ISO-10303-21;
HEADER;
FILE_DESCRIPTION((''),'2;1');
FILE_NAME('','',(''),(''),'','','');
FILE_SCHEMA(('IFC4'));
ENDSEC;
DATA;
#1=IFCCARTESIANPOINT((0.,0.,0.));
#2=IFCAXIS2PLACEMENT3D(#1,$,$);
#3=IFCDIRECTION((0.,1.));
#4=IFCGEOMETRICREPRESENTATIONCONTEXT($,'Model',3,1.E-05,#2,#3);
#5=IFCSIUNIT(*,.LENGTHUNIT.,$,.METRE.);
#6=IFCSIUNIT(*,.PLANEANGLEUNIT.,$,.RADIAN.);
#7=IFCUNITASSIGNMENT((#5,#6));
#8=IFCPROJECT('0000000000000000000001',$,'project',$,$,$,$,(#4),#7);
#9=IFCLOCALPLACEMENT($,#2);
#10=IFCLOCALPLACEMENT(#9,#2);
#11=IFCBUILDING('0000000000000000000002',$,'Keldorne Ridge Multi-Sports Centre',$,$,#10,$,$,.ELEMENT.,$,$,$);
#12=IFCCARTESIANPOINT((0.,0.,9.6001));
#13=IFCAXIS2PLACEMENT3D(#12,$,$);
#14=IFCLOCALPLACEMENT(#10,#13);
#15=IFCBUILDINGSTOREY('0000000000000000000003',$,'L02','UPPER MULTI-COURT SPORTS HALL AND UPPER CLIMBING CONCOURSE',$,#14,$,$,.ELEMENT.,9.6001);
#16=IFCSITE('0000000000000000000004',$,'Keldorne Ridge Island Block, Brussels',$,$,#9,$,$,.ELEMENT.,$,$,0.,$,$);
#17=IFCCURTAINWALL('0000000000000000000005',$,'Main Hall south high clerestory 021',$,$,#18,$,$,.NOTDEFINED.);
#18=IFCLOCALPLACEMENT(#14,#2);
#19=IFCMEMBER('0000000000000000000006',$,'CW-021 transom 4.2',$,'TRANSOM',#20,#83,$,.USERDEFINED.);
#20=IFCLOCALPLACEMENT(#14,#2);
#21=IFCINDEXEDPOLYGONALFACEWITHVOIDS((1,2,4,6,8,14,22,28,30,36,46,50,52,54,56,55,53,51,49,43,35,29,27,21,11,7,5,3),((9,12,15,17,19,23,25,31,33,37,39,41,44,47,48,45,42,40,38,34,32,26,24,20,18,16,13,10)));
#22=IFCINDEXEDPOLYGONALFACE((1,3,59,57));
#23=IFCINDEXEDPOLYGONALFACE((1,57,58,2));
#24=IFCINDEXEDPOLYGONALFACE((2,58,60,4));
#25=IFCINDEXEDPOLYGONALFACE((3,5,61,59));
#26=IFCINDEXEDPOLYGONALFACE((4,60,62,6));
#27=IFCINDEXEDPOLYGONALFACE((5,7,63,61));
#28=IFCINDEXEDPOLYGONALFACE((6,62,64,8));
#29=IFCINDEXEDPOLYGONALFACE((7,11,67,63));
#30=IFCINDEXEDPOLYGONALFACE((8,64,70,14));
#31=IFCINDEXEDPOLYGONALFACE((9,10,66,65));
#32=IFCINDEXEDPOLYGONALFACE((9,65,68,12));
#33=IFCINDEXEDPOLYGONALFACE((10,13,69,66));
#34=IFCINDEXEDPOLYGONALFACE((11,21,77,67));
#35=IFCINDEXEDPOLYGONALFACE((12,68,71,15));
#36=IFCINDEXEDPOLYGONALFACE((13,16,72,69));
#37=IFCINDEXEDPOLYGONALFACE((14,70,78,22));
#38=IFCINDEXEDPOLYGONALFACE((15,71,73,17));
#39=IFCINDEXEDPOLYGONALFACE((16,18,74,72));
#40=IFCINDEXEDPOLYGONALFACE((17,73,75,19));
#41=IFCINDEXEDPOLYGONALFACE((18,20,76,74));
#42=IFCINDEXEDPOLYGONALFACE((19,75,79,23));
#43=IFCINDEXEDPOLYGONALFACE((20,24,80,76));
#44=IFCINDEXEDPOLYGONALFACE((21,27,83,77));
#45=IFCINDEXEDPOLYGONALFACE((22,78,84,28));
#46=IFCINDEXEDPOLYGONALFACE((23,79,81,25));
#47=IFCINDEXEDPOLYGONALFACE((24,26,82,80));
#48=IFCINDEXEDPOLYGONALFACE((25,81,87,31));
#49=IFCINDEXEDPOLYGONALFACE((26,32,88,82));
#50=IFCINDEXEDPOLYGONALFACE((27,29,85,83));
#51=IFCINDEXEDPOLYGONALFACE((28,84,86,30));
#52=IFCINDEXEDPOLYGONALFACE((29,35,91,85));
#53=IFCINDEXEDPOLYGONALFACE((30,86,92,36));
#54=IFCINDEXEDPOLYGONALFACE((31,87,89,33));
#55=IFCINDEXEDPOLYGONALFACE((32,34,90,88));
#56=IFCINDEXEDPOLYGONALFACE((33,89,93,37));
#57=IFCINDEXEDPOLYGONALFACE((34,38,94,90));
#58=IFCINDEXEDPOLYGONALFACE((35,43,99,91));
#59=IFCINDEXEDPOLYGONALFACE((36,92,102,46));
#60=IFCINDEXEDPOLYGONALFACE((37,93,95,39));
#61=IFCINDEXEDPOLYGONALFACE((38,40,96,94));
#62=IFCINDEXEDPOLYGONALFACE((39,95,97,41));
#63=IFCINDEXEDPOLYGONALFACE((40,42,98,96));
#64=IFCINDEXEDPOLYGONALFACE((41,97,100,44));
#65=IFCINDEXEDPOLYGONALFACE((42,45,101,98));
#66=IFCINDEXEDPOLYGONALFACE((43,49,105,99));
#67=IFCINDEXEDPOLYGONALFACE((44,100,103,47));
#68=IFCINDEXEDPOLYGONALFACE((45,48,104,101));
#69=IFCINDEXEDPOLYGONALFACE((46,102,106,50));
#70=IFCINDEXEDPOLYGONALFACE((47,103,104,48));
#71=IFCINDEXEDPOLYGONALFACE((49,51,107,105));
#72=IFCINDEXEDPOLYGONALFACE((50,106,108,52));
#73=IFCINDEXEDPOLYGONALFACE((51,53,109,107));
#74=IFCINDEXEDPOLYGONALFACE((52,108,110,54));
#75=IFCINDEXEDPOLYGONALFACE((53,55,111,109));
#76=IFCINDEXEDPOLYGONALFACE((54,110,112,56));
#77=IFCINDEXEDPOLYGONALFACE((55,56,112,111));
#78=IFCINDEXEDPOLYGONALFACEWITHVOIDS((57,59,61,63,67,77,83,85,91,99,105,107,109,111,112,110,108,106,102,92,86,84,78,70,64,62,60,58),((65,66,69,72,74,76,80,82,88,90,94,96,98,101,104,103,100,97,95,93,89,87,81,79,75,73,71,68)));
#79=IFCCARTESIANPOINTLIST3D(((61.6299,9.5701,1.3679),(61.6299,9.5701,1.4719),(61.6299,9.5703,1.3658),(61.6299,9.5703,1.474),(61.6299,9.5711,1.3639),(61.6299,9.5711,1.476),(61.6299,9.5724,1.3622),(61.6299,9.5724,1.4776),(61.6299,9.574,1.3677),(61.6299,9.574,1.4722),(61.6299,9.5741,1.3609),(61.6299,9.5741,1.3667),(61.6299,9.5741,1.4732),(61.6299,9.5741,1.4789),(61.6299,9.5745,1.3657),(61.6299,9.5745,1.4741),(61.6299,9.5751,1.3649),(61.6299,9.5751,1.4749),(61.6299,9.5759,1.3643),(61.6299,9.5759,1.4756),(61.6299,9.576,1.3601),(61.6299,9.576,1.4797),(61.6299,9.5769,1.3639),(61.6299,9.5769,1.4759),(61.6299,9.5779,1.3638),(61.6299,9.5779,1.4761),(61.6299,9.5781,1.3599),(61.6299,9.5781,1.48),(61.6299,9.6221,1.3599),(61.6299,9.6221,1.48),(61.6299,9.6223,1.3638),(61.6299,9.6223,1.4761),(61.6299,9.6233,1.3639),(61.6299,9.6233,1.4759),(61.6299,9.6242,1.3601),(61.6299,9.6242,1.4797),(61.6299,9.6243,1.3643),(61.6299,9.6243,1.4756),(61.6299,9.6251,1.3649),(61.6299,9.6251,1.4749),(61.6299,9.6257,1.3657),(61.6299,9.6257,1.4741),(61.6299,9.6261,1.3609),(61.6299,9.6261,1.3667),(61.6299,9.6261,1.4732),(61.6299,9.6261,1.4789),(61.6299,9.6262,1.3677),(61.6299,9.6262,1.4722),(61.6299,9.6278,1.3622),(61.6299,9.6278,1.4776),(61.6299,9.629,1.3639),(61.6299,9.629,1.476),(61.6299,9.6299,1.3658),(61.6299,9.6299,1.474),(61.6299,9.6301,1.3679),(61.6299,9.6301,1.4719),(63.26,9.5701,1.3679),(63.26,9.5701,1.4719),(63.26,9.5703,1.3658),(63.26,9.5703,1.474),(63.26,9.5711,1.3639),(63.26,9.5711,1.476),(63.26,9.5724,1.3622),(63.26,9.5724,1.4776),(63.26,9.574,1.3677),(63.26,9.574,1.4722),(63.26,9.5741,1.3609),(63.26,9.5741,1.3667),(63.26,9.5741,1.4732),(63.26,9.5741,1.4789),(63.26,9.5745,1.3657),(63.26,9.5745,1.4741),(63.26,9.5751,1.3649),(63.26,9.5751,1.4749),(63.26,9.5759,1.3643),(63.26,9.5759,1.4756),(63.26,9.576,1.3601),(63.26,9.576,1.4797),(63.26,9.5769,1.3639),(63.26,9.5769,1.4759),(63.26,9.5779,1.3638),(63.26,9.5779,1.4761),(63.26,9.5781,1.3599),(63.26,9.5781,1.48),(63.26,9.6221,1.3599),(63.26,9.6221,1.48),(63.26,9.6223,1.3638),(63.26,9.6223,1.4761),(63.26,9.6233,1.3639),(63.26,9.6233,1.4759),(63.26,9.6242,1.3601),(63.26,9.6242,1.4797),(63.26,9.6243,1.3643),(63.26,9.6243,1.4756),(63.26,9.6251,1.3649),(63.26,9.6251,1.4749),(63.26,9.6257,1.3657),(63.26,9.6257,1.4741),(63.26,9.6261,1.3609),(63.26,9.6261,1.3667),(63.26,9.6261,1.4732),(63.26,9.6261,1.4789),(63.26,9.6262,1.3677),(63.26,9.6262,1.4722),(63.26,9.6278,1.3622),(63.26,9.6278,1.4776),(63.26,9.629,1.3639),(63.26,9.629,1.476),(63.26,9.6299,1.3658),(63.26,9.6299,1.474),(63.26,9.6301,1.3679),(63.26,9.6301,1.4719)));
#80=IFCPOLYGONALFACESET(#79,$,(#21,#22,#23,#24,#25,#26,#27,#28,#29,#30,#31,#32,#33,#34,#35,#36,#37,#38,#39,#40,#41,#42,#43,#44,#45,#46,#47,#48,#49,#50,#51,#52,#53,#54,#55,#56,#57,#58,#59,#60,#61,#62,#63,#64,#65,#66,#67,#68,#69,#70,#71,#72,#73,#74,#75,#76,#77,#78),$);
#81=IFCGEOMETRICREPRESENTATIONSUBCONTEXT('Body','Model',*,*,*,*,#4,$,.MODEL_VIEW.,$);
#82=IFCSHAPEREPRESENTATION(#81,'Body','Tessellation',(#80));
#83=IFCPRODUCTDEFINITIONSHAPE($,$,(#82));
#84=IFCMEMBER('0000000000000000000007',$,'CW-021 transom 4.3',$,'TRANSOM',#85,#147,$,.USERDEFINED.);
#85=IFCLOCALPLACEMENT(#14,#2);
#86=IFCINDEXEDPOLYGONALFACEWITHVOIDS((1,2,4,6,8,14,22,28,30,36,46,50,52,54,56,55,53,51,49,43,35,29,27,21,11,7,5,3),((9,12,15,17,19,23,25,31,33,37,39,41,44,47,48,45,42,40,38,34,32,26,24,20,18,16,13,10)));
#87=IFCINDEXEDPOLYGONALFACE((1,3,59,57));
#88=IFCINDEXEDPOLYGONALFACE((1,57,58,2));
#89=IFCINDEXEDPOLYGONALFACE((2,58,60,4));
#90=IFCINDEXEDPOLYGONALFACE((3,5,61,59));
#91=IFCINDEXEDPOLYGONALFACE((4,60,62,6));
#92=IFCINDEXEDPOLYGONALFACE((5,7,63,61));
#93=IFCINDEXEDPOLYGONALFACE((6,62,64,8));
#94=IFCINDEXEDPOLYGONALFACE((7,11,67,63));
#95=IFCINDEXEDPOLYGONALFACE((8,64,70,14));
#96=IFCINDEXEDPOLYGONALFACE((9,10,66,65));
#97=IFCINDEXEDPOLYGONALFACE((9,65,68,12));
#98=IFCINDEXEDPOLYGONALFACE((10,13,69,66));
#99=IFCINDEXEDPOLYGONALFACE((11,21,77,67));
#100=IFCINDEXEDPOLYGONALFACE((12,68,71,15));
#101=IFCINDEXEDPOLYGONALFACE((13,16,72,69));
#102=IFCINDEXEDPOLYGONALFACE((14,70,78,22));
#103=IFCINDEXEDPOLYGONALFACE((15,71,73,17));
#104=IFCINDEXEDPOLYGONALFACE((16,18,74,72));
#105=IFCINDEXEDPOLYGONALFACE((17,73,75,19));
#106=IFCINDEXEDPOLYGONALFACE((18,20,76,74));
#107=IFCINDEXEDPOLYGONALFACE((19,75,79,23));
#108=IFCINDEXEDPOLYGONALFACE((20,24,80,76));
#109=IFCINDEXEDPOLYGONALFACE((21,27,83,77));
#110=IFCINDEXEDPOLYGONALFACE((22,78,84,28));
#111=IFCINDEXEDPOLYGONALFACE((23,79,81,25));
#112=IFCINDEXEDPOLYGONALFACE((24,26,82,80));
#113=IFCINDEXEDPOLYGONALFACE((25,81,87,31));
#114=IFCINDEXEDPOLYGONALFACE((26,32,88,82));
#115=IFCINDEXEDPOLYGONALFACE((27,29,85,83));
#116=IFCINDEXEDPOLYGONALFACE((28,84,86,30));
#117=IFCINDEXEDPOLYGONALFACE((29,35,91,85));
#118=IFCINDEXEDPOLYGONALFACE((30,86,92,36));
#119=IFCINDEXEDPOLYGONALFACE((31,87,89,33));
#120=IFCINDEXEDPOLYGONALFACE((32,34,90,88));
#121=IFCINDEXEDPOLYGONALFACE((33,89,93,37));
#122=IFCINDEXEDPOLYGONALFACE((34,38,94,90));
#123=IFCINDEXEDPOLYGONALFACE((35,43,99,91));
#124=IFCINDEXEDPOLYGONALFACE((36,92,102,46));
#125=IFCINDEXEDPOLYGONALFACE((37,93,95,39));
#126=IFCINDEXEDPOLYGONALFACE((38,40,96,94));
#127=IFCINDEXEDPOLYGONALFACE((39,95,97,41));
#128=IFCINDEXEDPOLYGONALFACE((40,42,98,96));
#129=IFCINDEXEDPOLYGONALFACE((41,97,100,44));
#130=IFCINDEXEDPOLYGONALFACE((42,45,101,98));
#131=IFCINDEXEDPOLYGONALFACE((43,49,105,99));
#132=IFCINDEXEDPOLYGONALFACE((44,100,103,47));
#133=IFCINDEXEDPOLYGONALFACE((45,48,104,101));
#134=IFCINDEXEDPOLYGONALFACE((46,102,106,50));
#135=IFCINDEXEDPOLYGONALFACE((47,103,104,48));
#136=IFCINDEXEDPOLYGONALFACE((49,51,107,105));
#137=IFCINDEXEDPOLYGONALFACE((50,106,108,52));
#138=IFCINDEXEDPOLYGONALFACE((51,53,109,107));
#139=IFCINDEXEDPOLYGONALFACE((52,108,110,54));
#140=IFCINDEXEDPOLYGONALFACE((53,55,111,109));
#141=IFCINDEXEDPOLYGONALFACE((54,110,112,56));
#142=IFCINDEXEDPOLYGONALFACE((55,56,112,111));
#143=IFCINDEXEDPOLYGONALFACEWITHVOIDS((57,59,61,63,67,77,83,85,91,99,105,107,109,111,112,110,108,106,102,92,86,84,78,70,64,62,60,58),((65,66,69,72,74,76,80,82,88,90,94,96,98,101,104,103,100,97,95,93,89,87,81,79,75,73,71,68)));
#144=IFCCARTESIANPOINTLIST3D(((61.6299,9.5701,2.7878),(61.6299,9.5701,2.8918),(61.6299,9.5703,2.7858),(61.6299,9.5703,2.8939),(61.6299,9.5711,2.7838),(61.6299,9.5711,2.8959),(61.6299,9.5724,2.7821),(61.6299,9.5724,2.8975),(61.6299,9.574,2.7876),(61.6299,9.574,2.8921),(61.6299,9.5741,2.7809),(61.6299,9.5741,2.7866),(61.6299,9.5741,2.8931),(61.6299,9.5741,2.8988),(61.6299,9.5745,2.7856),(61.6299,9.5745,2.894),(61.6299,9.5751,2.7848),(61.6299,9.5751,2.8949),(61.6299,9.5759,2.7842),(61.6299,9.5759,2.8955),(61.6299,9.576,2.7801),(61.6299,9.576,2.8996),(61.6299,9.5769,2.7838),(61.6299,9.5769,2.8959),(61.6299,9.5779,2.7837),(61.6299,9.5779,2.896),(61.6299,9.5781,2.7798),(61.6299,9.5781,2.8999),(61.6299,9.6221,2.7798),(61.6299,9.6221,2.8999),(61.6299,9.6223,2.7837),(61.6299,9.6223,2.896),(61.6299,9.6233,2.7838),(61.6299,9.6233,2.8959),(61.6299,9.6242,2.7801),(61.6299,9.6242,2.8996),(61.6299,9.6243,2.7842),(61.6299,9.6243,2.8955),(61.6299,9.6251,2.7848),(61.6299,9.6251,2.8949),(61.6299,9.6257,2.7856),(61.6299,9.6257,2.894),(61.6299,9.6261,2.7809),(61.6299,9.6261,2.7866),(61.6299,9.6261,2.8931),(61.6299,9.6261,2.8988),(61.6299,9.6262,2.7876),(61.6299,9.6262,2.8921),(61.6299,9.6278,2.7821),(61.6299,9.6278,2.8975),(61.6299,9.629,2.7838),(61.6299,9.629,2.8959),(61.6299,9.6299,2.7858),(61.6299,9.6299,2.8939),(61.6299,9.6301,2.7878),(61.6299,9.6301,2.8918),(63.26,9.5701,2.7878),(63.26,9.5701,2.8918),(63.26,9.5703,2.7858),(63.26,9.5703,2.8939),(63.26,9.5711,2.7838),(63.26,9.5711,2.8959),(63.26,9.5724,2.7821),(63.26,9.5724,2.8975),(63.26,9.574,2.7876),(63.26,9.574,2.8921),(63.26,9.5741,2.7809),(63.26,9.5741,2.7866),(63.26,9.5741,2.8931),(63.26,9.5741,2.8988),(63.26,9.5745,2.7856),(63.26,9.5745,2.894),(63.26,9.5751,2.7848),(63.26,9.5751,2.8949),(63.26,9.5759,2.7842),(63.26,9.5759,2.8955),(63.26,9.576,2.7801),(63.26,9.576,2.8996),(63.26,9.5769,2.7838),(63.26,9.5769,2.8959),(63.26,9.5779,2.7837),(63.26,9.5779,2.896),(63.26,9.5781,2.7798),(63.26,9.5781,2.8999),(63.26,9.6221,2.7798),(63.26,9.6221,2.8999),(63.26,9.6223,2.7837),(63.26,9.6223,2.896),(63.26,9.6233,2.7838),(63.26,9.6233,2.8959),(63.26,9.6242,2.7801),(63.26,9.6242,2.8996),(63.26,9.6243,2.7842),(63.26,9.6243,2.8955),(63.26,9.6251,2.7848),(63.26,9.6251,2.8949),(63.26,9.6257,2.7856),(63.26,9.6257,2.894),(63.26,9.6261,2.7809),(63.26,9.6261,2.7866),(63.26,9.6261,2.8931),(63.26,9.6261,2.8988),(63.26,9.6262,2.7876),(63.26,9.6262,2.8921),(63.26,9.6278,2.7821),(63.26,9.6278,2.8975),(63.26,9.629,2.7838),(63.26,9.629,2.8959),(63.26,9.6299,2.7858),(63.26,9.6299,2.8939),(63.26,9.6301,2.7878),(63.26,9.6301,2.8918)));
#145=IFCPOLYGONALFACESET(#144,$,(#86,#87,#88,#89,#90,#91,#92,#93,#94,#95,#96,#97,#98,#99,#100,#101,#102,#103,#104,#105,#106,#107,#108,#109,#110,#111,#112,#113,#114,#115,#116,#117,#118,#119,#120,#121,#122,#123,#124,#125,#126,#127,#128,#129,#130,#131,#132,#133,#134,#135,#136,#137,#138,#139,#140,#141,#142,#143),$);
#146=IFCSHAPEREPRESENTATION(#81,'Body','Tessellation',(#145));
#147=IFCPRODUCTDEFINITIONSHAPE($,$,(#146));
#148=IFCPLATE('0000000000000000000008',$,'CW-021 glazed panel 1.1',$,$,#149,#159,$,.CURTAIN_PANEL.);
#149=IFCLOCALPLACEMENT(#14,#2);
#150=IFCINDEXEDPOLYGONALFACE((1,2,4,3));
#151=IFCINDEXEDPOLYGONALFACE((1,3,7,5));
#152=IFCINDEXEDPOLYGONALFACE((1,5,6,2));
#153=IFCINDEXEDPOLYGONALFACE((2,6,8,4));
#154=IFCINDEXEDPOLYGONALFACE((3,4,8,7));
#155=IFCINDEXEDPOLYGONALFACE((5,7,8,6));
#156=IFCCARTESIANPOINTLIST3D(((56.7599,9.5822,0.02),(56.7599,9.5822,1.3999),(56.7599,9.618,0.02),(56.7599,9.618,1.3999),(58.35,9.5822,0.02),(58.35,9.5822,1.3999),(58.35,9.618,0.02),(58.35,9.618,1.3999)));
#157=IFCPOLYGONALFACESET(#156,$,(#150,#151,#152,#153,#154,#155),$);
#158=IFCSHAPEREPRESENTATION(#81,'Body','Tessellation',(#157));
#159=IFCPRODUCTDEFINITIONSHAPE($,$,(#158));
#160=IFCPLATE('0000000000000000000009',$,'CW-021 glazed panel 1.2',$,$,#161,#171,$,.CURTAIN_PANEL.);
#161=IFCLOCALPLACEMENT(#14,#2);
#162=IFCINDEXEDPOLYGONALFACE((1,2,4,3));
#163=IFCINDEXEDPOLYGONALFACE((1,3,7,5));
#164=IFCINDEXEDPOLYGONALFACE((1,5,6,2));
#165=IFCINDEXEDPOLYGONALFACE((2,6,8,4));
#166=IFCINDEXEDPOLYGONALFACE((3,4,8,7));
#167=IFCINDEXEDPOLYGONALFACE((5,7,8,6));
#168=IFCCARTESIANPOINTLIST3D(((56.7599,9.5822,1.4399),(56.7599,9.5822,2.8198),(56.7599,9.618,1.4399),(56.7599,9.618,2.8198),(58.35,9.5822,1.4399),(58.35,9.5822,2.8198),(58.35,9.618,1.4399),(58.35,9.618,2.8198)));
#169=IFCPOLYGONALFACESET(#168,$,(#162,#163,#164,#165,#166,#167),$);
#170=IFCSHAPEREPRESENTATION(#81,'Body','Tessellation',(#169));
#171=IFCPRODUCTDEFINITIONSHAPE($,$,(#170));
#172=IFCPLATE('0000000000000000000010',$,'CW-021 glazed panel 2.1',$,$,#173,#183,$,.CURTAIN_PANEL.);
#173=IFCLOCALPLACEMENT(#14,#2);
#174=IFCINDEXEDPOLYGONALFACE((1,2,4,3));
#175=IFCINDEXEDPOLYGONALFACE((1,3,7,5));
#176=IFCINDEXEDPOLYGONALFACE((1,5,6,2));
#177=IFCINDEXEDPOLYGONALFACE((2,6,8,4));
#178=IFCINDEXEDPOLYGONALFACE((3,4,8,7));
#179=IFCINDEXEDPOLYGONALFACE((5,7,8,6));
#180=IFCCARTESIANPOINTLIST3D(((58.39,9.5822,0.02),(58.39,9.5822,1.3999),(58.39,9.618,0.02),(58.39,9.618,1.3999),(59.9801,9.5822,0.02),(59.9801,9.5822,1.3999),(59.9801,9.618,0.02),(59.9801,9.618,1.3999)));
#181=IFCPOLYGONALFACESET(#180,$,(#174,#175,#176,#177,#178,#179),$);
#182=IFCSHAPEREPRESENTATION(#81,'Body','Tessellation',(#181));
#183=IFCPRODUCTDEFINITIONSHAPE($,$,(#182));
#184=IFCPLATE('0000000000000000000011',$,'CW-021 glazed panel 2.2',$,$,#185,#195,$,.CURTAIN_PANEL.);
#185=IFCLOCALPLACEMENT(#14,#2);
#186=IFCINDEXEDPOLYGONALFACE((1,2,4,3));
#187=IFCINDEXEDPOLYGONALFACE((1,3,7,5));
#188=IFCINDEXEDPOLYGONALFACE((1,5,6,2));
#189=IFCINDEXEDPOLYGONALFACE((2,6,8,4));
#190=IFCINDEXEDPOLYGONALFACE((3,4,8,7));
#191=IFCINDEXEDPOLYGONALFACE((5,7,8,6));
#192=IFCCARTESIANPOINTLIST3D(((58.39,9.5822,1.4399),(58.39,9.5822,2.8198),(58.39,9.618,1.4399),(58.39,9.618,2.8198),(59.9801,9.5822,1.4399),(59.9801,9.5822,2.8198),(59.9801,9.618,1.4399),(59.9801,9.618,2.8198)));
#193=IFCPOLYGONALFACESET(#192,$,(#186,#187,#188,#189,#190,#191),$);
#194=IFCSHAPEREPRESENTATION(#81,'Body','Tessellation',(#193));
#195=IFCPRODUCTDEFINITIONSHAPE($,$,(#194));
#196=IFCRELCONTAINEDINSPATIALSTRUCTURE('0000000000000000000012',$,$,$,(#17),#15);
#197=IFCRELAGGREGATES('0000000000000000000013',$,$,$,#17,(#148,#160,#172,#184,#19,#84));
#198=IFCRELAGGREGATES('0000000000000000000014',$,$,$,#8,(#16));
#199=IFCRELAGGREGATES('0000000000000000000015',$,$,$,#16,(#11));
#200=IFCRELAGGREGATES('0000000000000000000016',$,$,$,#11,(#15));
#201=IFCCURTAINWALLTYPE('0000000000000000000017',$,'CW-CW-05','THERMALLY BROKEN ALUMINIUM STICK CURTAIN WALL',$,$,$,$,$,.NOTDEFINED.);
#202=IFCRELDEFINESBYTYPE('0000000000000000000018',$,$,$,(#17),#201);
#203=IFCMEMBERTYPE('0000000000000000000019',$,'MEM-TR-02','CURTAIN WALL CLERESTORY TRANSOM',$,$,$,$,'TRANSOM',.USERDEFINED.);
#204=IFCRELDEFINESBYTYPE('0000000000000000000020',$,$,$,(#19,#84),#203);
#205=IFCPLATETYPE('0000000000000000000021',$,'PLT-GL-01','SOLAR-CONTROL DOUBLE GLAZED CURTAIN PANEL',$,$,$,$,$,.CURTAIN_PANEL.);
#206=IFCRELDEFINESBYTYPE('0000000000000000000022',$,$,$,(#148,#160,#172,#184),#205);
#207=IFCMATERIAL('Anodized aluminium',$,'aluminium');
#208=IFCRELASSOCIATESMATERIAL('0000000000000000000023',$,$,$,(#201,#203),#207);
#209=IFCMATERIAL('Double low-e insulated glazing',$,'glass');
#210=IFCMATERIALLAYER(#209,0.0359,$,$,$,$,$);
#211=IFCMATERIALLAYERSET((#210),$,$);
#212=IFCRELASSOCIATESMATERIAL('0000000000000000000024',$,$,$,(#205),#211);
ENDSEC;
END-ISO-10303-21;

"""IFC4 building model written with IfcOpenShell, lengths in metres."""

from ifc_helpers import new_model, si_unit, direction, frame, origin, origin_2d, place, context, subcontext, project, spatial, rectangle, hollow_rectangle, extrude, material, layer, layer_set, material_profile, profile_set, type_object, element, aggregate, save


model = new_model("IFC4")

# Units and contexts
model_context = context("Model", 3, precision=1e-05, world=origin(), true_north=direction((0.0, 1.0)))
body_context = subcontext(model_context, "Body", "Model", "MODEL_VIEW")
ifc_project = project(units=[si_unit("LENGTHUNIT", "METRE"), si_unit("PLANEANGLEUNIT", "RADIAN")], contexts=[model_context])

# Site, building, storey
site_placement = place(None, origin())
site = spatial("IfcSite", under=ifc_project, at=site_placement, Name="Keldorne Ridge Island Block, Brussels", CompositionType="ELEMENT", RefElevation=0.0)
building_placement = place(site_placement, origin())
building = spatial("IfcBuilding", under=site, at=building_placement, Name="Keldorne Ridge Multi-Sports Centre", CompositionType="ELEMENT")
storey_placement = place(building_placement, frame((0.0, 0.0, 9.6001)))
storey = spatial("IfcBuildingStorey", under=building, at=storey_placement, Name="L02", Description="UPPER MULTI-COURT SPORTS HALL AND UPPER CLIMBING CONCOURSE", CompositionType="ELEMENT", Elevation=9.6001)

# Curtain wall, members, plates
ifc_material_1 = material(Name="Anodized aluminium", Category="aluminium")
curtain_wall_type = type_object("IfcCurtainWallType", Name="CW-CW-05", Description="THERMALLY BROKEN ALUMINIUM STICK CURTAIN WALL", PredefinedType="NOTDEFINED", material=ifc_material_1)
curtain_wall_placement = place(storey_placement, origin())
curtain_wall = element("IfcCurtainWall", 1, at=curtain_wall_placement, inside=storey, type_object=curtain_wall_type, Name="Main Hall south high clerestory 021", PredefinedType="NOTDEFINED")
ifc_material_profile_1 = material_profile(ifc_material_1, hollow_rectangle(XDim=0.0601, YDim=0.1201, WallThickness=0.0039, InnerFilletRadius=0.0039, OuterFilletRadius=0.0081, at=origin_2d()), Name="ALU TRANSOM 120x60x4")
ifc_profile_set_1 = profile_set([ifc_material_profile_1], Name="Anodized aluminium")
member_type_1 = type_object("IfcMemberType", Name="MEM-TR-02", Description="CURTAIN WALL CLERESTORY TRANSOM", ElementType="TRANSOM", PredefinedType="USERDEFINED", material=ifc_profile_set_1)
member_1_placement = place(storey_placement, frame((61.6299, 9.6001, 1.4199), z_axis=(1.0, 0.0, 0.0), x_axis=(0.0, 1.0, 0.0)))
member_1 = element("IfcMember", 2, at=member_1_placement, type_object=member_type_1, Name="CW-021 transom 4.2", ObjectType="TRANSOM", PredefinedType="USERDEFINED", context=body_context, shape_type="SweptSolid", body=[
    extrude(hollow_rectangle(XDim=0.0601, YDim=0.1201, WallThickness=0.0039, InnerFilletRadius=0.0039, OuterFilletRadius=0.0081, at=origin_2d()), origin(), (0.0, 0.0, 1.0), 1.6301),
])
member_2_placement = place(storey_placement, frame((61.6299, 9.6001, 2.8398), z_axis=(1.0, 0.0, 0.0), x_axis=(0.0, 1.0, 0.0)))
member_2 = element("IfcMember", 3, at=member_2_placement, type_object=member_type_1, Name="CW-021 transom 4.3", ObjectType="TRANSOM", PredefinedType="USERDEFINED", context=body_context, shape_type="SweptSolid", body=[
    extrude(hollow_rectangle(XDim=0.0601, YDim=0.1201, WallThickness=0.0039, InnerFilletRadius=0.0039, OuterFilletRadius=0.0081, at=origin_2d()), origin(), (0.0, 0.0, 1.0), 1.6301),
])
ifc_material_2 = material(Name="Double low-e insulated glazing", Category="glass")
ifc_layer = layer(ifc_material_2, 0.0359)
ifc_layer_set = layer_set([ifc_layer])
plate_type = type_object("IfcPlateType", Name="PLT-GL-01", Description="SOLAR-CONTROL DOUBLE GLAZED CURTAIN PANEL", PredefinedType="CURTAIN_PANEL", material=ifc_layer_set)
plate_1_placement = place(storey_placement, frame((57.5549, 9.6001, 0.02), z_axis=(0.0, 0.0, 1.0), x_axis=(1.0, 0.0, 0.0)))
plate_1 = element("IfcPlate", 4, at=plate_1_placement, type_object=plate_type, Name="CW-021 glazed panel 1.1", PredefinedType="CURTAIN_PANEL", context=body_context, shape_type="SweptSolid", body=[
    extrude(rectangle(XDim=1.5901, YDim=0.0359, at=origin_2d()), origin(), (0.0, 0.0, 1.0), 1.3799),
])
plate_2_placement = place(storey_placement, frame((57.5549, 9.6001, 1.4399), z_axis=(0.0, 0.0, 1.0), x_axis=(1.0, 0.0, 0.0)))
plate_2 = element("IfcPlate", 5, at=plate_2_placement, type_object=plate_type, Name="CW-021 glazed panel 1.2", PredefinedType="CURTAIN_PANEL", context=body_context, shape_type="SweptSolid", body=[
    extrude(rectangle(XDim=1.5901, YDim=0.0359, at=origin_2d()), origin(), (0.0, 0.0, 1.0), 1.3799),
])
plate_3_placement = place(storey_placement, frame((59.1851, 9.6001, 0.02), z_axis=(0.0, 0.0, 1.0), x_axis=(1.0, 0.0, 0.0)))
plate_3 = element("IfcPlate", 6, at=plate_3_placement, type_object=plate_type, Name="CW-021 glazed panel 2.1", PredefinedType="CURTAIN_PANEL", context=body_context, shape_type="SweptSolid", body=[
    extrude(rectangle(XDim=1.5901, YDim=0.0359, at=origin_2d()), origin(), (0.0, 0.0, 1.0), 1.3799),
])
plate_4_placement = place(storey_placement, frame((59.1851, 9.6001, 1.4399), z_axis=(0.0, 0.0, 1.0), x_axis=(1.0, 0.0, 0.0)))
plate_4 = element("IfcPlate", 7, at=plate_4_placement, type_object=plate_type, Name="CW-021 glazed panel 2.2", PredefinedType="CURTAIN_PANEL", context=body_context, shape_type="SweptSolid", body=[
    extrude(rectangle(XDim=1.5901, YDim=0.0359, at=origin_2d()), origin(), (0.0, 0.0, 1.0), 1.3799),
])
aggregate(curtain_wall, [plate_1, plate_2, plate_3, plate_4, member_1, member_2])

save(model, "model.ifc")
